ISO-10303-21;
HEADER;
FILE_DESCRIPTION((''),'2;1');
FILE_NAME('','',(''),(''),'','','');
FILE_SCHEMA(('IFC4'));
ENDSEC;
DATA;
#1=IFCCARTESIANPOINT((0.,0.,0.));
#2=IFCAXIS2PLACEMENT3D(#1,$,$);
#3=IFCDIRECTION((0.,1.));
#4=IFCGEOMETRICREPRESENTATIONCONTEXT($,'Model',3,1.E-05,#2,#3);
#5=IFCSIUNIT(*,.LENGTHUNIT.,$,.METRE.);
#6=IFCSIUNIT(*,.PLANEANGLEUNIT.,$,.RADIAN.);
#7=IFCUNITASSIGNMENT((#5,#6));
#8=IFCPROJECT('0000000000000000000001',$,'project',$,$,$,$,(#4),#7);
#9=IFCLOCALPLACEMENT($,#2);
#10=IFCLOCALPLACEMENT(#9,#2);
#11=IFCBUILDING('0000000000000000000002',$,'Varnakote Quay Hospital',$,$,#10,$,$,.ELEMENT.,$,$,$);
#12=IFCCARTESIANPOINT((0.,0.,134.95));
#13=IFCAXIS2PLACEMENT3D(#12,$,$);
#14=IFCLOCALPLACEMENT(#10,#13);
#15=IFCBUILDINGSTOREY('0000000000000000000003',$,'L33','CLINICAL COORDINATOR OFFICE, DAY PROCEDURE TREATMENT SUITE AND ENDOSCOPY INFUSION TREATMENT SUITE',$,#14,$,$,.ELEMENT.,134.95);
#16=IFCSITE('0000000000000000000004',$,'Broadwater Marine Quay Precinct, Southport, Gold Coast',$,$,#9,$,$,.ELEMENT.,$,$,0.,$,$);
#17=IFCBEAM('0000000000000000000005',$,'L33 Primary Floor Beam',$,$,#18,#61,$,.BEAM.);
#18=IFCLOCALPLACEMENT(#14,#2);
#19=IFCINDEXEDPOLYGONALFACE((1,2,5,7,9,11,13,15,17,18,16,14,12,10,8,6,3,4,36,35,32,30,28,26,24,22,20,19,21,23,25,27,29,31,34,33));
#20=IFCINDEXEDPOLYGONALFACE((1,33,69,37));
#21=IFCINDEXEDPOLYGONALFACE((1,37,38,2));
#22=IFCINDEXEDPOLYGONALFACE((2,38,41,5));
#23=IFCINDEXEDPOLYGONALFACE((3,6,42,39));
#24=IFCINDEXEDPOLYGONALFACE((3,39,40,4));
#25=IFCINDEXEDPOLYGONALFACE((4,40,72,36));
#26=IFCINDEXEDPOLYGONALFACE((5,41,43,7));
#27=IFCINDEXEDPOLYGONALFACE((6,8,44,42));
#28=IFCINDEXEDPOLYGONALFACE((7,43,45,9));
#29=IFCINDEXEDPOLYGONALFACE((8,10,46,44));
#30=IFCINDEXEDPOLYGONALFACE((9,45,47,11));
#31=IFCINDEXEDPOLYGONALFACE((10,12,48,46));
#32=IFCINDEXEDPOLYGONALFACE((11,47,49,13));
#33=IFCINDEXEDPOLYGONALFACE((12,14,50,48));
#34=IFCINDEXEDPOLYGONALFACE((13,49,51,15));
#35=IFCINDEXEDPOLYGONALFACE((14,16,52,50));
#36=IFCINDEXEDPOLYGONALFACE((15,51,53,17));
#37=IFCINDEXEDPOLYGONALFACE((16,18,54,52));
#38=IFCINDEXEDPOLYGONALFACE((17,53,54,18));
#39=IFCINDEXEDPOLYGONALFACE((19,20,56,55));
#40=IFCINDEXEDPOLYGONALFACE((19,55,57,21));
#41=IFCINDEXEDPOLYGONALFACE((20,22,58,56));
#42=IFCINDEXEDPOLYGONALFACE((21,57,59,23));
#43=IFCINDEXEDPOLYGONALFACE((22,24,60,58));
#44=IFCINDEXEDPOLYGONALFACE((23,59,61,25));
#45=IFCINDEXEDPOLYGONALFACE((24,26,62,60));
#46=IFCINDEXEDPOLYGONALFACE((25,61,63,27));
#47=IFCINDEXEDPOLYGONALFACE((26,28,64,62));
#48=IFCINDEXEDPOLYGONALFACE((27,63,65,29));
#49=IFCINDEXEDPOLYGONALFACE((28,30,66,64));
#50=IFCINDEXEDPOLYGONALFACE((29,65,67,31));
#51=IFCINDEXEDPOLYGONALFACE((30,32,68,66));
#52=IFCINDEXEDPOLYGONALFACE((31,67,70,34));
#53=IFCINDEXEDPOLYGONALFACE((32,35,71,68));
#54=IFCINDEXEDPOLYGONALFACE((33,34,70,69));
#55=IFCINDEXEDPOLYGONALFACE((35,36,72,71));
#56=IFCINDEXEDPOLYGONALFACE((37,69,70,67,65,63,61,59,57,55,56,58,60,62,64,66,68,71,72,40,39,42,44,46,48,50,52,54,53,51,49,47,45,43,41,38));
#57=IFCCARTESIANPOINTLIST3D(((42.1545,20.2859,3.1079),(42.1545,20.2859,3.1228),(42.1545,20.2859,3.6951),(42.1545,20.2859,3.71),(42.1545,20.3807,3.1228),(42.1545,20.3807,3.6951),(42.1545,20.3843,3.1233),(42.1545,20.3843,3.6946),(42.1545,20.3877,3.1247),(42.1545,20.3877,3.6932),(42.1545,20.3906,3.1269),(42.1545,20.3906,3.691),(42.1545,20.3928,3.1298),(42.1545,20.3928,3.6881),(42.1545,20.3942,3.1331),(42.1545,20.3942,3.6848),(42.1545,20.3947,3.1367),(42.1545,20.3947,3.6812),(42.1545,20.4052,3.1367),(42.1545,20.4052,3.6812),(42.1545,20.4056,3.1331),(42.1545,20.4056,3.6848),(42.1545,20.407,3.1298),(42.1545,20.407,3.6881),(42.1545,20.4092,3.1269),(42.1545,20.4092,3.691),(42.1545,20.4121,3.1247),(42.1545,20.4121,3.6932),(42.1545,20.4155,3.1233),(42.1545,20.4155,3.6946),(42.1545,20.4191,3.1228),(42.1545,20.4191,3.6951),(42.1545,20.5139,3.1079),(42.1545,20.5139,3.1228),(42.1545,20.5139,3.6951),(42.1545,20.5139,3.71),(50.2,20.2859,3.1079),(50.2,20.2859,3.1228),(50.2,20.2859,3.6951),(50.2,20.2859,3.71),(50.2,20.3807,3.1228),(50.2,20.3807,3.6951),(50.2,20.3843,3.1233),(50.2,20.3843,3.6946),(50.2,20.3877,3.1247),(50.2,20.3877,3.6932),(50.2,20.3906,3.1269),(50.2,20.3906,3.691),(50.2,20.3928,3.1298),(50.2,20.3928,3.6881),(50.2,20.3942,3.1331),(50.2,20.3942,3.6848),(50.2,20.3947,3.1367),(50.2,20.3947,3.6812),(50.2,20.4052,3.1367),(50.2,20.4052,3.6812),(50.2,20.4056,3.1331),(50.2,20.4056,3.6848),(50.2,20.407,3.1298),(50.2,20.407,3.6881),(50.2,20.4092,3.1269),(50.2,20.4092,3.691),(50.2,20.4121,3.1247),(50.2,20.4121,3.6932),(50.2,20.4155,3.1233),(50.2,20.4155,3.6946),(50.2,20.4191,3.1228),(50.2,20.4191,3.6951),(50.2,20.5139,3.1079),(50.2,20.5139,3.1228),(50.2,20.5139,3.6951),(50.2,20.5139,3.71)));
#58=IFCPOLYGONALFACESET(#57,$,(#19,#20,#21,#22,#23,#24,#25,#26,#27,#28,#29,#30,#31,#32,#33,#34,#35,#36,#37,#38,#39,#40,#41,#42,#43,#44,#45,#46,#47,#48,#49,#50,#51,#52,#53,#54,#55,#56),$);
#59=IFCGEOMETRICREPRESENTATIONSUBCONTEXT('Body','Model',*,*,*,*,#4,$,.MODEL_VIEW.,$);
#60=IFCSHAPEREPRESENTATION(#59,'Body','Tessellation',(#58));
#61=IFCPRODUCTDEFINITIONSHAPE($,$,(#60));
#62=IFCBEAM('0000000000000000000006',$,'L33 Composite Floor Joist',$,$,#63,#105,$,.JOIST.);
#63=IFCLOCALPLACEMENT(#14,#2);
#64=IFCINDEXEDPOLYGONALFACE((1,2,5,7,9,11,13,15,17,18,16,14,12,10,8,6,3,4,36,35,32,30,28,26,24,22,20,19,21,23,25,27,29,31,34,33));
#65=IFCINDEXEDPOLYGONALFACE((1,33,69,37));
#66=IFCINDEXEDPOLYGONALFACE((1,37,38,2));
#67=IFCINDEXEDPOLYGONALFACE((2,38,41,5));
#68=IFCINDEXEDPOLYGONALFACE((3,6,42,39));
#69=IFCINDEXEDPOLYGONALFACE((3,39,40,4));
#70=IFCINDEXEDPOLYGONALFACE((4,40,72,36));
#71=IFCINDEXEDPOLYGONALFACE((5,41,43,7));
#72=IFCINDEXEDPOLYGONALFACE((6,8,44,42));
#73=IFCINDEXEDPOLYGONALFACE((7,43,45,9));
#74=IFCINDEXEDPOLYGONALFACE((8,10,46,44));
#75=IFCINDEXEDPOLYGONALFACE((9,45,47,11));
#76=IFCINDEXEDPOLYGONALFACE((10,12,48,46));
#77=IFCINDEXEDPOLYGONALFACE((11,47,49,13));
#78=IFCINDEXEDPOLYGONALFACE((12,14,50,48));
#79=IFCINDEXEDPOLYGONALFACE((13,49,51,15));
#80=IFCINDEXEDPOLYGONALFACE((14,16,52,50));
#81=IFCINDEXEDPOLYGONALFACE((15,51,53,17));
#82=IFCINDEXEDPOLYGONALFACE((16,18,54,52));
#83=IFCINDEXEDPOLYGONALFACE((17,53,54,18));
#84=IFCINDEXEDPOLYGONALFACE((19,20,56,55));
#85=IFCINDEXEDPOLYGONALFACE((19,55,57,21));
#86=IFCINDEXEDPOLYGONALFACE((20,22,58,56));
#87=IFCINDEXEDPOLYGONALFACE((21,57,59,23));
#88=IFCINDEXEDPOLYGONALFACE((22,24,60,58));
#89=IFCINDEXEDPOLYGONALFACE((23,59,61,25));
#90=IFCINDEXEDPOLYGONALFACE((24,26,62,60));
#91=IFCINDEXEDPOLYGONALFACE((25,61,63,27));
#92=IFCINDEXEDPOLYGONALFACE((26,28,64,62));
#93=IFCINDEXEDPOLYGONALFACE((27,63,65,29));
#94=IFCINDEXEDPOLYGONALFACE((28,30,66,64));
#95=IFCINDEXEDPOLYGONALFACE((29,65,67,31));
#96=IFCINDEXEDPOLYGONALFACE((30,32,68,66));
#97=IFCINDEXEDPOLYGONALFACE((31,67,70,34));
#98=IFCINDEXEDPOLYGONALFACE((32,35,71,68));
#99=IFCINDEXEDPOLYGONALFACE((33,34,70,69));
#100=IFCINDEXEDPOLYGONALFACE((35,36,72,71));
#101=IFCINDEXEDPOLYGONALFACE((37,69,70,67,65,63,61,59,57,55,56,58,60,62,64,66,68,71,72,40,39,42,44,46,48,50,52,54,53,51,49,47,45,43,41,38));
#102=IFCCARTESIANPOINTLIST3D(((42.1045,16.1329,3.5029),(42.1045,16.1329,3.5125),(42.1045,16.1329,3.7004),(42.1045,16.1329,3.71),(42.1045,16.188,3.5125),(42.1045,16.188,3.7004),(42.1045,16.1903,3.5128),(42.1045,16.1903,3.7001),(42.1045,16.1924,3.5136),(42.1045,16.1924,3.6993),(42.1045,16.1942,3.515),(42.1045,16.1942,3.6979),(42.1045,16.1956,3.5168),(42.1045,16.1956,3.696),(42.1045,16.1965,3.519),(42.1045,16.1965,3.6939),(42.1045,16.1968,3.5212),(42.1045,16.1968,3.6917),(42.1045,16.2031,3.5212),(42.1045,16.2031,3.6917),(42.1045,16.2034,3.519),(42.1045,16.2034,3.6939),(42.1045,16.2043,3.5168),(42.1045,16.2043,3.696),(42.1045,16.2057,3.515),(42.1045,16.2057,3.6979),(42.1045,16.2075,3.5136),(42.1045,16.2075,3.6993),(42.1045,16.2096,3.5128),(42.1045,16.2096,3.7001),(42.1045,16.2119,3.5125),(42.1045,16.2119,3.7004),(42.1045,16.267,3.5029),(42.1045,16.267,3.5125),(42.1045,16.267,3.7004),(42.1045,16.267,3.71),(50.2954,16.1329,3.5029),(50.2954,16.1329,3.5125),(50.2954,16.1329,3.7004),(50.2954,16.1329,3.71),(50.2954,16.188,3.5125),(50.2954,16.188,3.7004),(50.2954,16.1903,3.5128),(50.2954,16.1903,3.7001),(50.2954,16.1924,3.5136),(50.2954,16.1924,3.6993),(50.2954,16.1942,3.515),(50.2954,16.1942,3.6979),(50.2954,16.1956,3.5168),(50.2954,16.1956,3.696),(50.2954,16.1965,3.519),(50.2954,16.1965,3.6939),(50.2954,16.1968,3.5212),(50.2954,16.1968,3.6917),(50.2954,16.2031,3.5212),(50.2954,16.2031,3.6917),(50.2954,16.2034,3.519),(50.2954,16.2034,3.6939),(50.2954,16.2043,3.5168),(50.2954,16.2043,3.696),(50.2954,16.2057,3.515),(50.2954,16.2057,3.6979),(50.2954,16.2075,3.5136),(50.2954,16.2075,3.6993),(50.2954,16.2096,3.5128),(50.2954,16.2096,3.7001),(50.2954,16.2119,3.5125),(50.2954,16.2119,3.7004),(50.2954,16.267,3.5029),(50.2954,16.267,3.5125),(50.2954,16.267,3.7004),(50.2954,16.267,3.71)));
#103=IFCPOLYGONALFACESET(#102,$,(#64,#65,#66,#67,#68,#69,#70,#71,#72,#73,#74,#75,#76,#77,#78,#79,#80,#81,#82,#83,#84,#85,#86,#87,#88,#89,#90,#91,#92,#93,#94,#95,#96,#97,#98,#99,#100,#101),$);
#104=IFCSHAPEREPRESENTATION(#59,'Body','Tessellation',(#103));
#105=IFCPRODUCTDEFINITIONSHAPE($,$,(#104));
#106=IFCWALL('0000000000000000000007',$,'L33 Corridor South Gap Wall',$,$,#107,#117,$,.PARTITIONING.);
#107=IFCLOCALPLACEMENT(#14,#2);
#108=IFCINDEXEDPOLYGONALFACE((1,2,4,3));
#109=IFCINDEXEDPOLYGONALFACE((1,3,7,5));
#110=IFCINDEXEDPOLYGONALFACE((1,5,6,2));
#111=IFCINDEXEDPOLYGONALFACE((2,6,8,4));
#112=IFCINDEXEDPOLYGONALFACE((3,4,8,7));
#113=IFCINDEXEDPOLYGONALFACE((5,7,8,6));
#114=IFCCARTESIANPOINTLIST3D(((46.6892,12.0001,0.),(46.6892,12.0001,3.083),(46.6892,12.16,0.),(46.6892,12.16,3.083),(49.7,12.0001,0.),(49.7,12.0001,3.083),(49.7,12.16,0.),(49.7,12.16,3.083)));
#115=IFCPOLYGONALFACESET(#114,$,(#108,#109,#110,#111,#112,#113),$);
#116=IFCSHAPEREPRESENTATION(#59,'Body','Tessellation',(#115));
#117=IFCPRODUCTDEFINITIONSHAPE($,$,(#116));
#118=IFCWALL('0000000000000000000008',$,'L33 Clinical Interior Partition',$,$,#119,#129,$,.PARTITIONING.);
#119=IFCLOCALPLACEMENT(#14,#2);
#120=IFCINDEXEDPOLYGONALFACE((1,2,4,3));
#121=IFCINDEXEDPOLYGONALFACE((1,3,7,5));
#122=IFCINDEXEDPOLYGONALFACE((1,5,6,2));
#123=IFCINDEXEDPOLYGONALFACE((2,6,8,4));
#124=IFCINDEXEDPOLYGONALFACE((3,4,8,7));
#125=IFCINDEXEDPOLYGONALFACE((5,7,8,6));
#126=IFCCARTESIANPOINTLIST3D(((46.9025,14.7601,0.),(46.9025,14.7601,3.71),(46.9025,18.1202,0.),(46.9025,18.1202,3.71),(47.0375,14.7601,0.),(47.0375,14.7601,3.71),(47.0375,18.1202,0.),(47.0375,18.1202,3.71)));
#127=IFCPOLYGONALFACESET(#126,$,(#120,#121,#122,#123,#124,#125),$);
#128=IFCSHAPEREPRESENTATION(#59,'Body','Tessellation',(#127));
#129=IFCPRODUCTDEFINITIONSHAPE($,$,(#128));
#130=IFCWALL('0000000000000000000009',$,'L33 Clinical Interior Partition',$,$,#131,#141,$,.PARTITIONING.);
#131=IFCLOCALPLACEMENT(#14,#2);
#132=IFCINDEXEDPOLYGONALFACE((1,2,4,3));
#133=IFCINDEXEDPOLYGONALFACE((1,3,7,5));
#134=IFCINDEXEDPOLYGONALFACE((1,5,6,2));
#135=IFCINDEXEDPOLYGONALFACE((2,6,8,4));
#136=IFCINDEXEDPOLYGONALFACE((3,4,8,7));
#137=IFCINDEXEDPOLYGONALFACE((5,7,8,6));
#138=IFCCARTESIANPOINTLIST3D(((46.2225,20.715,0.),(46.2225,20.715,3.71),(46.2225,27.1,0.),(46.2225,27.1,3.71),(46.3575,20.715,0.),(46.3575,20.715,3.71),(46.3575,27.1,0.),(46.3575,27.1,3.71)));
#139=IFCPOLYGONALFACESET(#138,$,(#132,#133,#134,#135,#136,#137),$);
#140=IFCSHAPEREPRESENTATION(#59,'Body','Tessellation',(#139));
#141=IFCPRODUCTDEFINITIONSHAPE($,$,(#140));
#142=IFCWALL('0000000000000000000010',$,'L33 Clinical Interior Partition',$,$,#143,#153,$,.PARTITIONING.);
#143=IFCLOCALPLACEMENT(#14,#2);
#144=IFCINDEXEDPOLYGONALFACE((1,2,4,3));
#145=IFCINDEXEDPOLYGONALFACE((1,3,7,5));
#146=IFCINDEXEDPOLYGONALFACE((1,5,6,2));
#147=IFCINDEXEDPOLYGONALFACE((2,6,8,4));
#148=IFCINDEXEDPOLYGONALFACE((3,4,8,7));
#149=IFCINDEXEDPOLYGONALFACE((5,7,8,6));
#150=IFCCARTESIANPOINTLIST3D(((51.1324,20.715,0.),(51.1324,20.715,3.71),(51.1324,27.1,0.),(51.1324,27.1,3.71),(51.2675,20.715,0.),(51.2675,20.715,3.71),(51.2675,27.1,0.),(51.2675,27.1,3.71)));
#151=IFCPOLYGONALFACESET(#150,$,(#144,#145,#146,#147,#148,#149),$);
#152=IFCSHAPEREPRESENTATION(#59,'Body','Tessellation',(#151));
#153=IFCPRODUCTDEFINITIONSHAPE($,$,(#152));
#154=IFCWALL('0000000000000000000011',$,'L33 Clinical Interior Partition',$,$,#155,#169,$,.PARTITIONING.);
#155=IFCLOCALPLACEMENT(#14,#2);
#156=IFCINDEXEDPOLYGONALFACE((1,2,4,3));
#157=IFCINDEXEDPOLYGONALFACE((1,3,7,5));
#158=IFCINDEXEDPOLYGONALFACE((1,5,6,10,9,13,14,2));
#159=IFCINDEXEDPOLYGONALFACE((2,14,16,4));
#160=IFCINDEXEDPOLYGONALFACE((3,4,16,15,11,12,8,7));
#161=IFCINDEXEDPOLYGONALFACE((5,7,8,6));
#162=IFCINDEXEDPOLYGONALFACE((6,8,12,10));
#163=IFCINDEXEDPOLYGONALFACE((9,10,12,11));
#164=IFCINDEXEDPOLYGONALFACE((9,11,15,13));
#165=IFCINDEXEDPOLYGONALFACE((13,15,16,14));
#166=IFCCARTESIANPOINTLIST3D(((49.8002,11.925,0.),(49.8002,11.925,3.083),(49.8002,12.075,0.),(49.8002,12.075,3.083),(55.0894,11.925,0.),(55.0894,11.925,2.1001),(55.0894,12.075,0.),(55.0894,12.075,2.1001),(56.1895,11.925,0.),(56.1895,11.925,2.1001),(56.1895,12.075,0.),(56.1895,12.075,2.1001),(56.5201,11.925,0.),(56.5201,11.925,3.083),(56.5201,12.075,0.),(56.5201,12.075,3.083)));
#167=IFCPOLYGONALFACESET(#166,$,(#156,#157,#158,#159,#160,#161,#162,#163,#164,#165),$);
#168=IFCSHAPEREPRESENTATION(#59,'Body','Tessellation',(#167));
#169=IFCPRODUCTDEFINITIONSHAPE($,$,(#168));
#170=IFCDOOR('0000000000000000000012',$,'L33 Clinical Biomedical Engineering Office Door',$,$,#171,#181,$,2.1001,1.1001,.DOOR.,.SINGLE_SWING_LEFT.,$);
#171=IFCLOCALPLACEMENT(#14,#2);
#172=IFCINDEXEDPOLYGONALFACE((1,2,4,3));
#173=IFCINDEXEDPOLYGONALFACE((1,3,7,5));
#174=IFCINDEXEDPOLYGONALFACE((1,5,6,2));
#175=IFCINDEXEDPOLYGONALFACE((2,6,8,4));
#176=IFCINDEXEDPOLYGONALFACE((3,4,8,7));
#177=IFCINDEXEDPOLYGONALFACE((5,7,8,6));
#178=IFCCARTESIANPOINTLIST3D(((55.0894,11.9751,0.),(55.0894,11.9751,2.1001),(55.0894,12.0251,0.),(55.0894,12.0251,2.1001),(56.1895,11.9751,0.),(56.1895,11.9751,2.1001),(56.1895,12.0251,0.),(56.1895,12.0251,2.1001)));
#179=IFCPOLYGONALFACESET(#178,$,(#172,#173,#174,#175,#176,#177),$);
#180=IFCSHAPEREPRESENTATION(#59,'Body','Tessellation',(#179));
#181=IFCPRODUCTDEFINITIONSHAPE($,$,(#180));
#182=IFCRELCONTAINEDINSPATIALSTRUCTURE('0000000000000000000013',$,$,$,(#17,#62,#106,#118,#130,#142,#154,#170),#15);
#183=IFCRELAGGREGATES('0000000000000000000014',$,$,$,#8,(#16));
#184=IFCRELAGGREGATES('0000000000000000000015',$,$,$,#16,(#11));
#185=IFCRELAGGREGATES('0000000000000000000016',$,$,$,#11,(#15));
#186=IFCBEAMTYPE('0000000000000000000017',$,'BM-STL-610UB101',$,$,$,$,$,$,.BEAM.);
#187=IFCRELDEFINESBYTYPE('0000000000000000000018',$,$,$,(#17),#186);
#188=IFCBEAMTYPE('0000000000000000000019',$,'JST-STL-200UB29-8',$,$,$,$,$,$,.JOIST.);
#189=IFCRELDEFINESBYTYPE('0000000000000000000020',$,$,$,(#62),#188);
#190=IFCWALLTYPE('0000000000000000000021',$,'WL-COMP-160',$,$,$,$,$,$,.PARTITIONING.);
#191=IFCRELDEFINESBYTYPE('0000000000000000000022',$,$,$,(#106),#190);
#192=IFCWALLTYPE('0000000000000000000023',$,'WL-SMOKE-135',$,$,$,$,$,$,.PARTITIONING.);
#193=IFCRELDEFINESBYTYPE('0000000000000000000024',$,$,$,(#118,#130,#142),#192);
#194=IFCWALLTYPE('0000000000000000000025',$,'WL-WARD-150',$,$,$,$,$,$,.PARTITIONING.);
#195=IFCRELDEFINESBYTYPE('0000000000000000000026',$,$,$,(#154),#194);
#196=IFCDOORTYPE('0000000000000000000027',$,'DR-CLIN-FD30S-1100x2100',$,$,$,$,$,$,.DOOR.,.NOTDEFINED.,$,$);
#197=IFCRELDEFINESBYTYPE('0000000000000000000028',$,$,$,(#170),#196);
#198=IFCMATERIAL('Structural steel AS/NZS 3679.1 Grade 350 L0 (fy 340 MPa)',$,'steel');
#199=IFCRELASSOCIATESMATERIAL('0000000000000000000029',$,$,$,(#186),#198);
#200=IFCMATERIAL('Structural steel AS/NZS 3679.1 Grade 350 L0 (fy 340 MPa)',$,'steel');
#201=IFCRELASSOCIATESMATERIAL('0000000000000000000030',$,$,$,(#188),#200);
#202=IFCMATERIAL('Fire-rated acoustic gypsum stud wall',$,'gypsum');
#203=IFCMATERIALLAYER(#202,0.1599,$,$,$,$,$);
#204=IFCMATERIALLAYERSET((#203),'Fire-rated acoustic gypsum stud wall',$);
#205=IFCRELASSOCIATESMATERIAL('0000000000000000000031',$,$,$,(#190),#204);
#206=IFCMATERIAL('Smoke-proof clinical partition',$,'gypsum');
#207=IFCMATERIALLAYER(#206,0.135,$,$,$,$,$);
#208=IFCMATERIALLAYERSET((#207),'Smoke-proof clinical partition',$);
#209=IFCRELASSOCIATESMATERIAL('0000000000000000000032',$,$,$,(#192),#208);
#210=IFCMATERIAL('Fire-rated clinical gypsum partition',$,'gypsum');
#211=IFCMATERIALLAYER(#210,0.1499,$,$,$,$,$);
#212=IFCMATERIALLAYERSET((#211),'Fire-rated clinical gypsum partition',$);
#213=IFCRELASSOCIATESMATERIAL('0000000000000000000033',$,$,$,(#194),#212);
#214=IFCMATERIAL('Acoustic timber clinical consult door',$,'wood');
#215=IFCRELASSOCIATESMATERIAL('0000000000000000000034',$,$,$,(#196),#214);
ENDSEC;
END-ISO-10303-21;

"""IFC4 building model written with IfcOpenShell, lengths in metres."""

from ifc_helpers import new_model, si_unit, direction, frame, frame_2d, origin, origin_2d, place, context, subcontext, project, spatial, rectangle, i_section, extrude, material, layer, layer_set, material_profile, profile_set, type_object, element, fill, save


model = new_model("IFC4")

# Units and contexts
model_context = context("Model", 3, precision=1e-05, world=origin(), true_north=direction((0.0, 1.0)))
body_context = subcontext(model_context, "Body", "Model", "MODEL_VIEW")
ifc_project = project(units=[si_unit("LENGTHUNIT", "METRE"), si_unit("PLANEANGLEUNIT", "RADIAN")], contexts=[model_context])

# Site, building, storey
site_placement = place(None, origin())
site = spatial("IfcSite", under=ifc_project, at=site_placement, Name="Broadwater Marine Quay Precinct, Southport, Gold Coast", CompositionType="ELEMENT", RefElevation=0.0)
building_placement = place(site_placement, origin())
building = spatial("IfcBuilding", under=site, at=building_placement, Name="Varnakote Quay Hospital", CompositionType="ELEMENT")
storey_placement = place(building_placement, frame((0.0, 0.0, 134.95)))
storey = spatial("IfcBuildingStorey", under=building, at=storey_placement, Name="L33", Description="CLINICAL COORDINATOR OFFICE, DAY PROCEDURE TREATMENT SUITE AND ENDOSCOPY INFUSION TREATMENT SUITE", CompositionType="ELEMENT", Elevation=134.95)

# Beams
ifc_material_1 = material(Name="Structural steel AS/NZS 3679.1 Grade 350 L0 (fy 340 MPa)", Category="steel")
ifc_material_profile_1 = material_profile(ifc_material_1, i_section(OverallWidth=0.228, OverallDepth=0.6021, WebThickness=0.0105, FlangeThickness=0.0149, FilletRadius=0.0139, at=origin_2d()), Name="610UB101")
ifc_profile_set_1 = profile_set([ifc_material_profile_1], Name="Structural steel AS/NZS 3679.1 Grade 350 L0 (fy 340 MPa)")
beam_type_1 = type_object("IfcBeamType", Name="BM-STL-610UB101", PredefinedType="BEAM", material=ifc_profile_set_1)
beam_1_placement = place(storey_placement, frame((42.1545, 20.3999, 3.4089), z_axis=(1.0, 0.0, 0.0), x_axis=(0.0, 1.0, 0.0)))
element("IfcBeam", 1, at=beam_1_placement, inside=storey, type_object=beam_type_1, Name="L33 Primary Floor Beam", PredefinedType="BEAM", context=body_context, shape_type="SweptSolid", body=[
    extrude(i_section(OverallWidth=0.228, OverallDepth=0.6021, WebThickness=0.0105, FlangeThickness=0.0149, FilletRadius=0.0139, at=origin_2d()), origin(), (0.0, 0.0, 1.0), 8.0454),
])
ifc_material_2 = material(Name="Structural steel AS/NZS 3679.1 Grade 350 L0 (fy 340 MPa)", Category="steel")
ifc_material_profile_2 = material_profile(ifc_material_2, i_section(OverallWidth=0.134, OverallDepth=0.207, WebThickness=0.0063, FlangeThickness=0.0095, FilletRadius=0.0088, at=origin_2d()), Name="200UB29.8")
ifc_profile_set_2 = profile_set([ifc_material_profile_2], Name="Structural steel AS/NZS 3679.1 Grade 350 L0 (fy 340 MPa)")
beam_type_2 = type_object("IfcBeamType", Name="JST-STL-200UB29-8", PredefinedType="JOIST", material=ifc_profile_set_2)
beam_2_placement = place(storey_placement, frame((42.1045, 16.2, 3.6064), z_axis=(1.0, 0.0, 0.0), x_axis=(0.0, 1.0, 0.0)))
element("IfcBeam", 2, at=beam_2_placement, inside=storey, type_object=beam_type_2, Name="L33 Composite Floor Joist", PredefinedType="JOIST", context=body_context, shape_type="SweptSolid", body=[
    extrude(i_section(OverallWidth=0.134, OverallDepth=0.207, WebThickness=0.0063, FlangeThickness=0.0095, FilletRadius=0.0088, at=origin_2d()), origin(), (0.0, 0.0, 1.0), 8.1909),
])

# Walls
ifc_material_3 = material(Name="Fire-rated acoustic gypsum stud wall", Category="gypsum")
ifc_layer_1 = layer(ifc_material_3, 0.1599)
ifc_layer_set_1 = layer_set([ifc_layer_1], Name="Fire-rated acoustic gypsum stud wall")
wall_type_1 = type_object("IfcWallType", Name="WL-COMP-160", PredefinedType="PARTITIONING", material=ifc_layer_set_1)
wall_1_placement = place(storey_placement, frame((46.6892, 12.0801, 0.0), z_axis=(0.0, 0.0, 1.0), x_axis=(1.0, 0.0, 0.0)))
element("IfcWall", 3, at=wall_1_placement, inside=storey, type_object=wall_type_1, Name="L33 Corridor South Gap Wall", PredefinedType="PARTITIONING", context=body_context, shape_type="SweptSolid", body=[
    extrude(rectangle(XDim=3.0107, YDim=0.1599, at=frame_2d((1.5054, 0.0))), origin(), (0.0, 0.0, 1.0), 3.083),
])
ifc_material_4 = material(Name="Smoke-proof clinical partition", Category="gypsum")
ifc_layer_2 = layer(ifc_material_4, 0.135)
ifc_layer_set_2 = layer_set([ifc_layer_2], Name="Smoke-proof clinical partition")
wall_type_2 = type_object("IfcWallType", Name="WL-SMOKE-135", PredefinedType="PARTITIONING", material=ifc_layer_set_2)
wall_2_placement = place(storey_placement, frame((46.97, 14.76, 0.0), z_axis=(0.0, 0.0, 1.0), x_axis=(0.0, 1.0, 0.0)))
element("IfcWall", 4, at=wall_2_placement, inside=storey, type_object=wall_type_2, Name="L33 Clinical Interior Partition", PredefinedType="PARTITIONING", context=body_context, shape_type="SweptSolid", body=[
    extrude(rectangle(XDim=3.3601, YDim=0.135, at=frame_2d((1.6802, 0.0))), origin(), (0.0, 0.0, 1.0), 3.71),
])
for number, where, z_axis, x_axis, name in (
    (5, (46.29, 20.7151, 0.0), (0.0, 0.0, 1.0), (0.0, 1.0, 0.0), "L33 Clinical Interior Partition"),
    (6, (51.2, 20.7151, 0.0), (0.0, 0.0, 1.0), (0.0, 1.0, 0.0), "L33 Clinical Interior Partition"),
):
    element("IfcWall", number, at=place(storey_placement, frame(where, z_axis=z_axis, x_axis=x_axis)), inside=storey, type_object=wall_type_2, Name=name, PredefinedType="PARTITIONING", context=body_context, shape_type="SweptSolid", body=[
        extrude(rectangle(XDim=6.385, YDim=0.135, at=frame_2d((3.1924, 0.0))), origin(), (0.0, 0.0, 1.0), 3.71),
    ])

# Wall, opening, door
ifc_material_5 = material(Name="Fire-rated clinical gypsum partition", Category="gypsum")
ifc_layer_3 = layer(ifc_material_5, 0.1499)
ifc_layer_set_3 = layer_set([ifc_layer_3], Name="Fire-rated clinical gypsum partition")
wall_type_3 = type_object("IfcWallType", Name="WL-WARD-150", PredefinedType="PARTITIONING", material=ifc_layer_set_3)
wall_3_placement = place(storey_placement, frame((56.52, 12.0, 0.0), z_axis=(0.0, 0.0, 1.0), x_axis=(-1.0, 0.0, 0.0)))
wall_3 = element("IfcWall", 7, at=wall_3_placement, inside=storey, type_object=wall_type_3, Name="L33 Clinical Interior Partition", PredefinedType="PARTITIONING", context=body_context, shape_type="SweptSolid", body=[
    extrude(rectangle(XDim=6.72, YDim=0.1499, at=frame_2d((3.3599, 0.0))), origin(), (0.0, 0.0, 1.0), 3.083),
])
opening_1_placement = place(wall_3_placement, frame((0.3306, 0.0, 0.0)))
opening_1 = element("IfcOpeningElement", 8, at=opening_1_placement, cuts=wall_3, PredefinedType="OPENING", context=body_context, shape_type="SweptSolid", body=[
    extrude(rectangle(XDim=1.1001, YDim=2.1001, at=frame_2d((0.55, 1.05))), frame((0.0, 0.085, 0.0), z_axis=(0.0, -1.0, 0.0), x_axis=(1.0, 0.0, 0.0)), (0.0, 0.0, 1.0), 0.1699),
])
ifc_material_6 = material(Name="Acoustic timber clinical consult door", Category="wood")
door_type = type_object("IfcDoorType", Name="DR-CLIN-FD30S-1100x2100", OperationType="NOTDEFINED", PredefinedType="DOOR", material=ifc_material_6)
door_1_placement = place(opening_1_placement, origin())
door_1 = element("IfcDoor", 9, at=door_1_placement, inside=storey, type_object=door_type, Name="L33 Clinical Biomedical Engineering Office Door", OperationType="SINGLE_SWING_LEFT", OverallHeight=2.1001, OverallWidth=1.1001, PredefinedType="DOOR", context=body_context, shape_type="SweptSolid", body=[
    extrude(rectangle(XDim=1.1001, YDim=2.1001, at=frame_2d((0.55, 1.05))), frame((0.0, 0.0249, 0.0), z_axis=(0.0, -1.0, 0.0), x_axis=(1.0, 0.0, 0.0)), (0.0, 0.0, 1.0), 0.05),
])
fill(opening_1, door_1)

save(model, "model.ifc")
